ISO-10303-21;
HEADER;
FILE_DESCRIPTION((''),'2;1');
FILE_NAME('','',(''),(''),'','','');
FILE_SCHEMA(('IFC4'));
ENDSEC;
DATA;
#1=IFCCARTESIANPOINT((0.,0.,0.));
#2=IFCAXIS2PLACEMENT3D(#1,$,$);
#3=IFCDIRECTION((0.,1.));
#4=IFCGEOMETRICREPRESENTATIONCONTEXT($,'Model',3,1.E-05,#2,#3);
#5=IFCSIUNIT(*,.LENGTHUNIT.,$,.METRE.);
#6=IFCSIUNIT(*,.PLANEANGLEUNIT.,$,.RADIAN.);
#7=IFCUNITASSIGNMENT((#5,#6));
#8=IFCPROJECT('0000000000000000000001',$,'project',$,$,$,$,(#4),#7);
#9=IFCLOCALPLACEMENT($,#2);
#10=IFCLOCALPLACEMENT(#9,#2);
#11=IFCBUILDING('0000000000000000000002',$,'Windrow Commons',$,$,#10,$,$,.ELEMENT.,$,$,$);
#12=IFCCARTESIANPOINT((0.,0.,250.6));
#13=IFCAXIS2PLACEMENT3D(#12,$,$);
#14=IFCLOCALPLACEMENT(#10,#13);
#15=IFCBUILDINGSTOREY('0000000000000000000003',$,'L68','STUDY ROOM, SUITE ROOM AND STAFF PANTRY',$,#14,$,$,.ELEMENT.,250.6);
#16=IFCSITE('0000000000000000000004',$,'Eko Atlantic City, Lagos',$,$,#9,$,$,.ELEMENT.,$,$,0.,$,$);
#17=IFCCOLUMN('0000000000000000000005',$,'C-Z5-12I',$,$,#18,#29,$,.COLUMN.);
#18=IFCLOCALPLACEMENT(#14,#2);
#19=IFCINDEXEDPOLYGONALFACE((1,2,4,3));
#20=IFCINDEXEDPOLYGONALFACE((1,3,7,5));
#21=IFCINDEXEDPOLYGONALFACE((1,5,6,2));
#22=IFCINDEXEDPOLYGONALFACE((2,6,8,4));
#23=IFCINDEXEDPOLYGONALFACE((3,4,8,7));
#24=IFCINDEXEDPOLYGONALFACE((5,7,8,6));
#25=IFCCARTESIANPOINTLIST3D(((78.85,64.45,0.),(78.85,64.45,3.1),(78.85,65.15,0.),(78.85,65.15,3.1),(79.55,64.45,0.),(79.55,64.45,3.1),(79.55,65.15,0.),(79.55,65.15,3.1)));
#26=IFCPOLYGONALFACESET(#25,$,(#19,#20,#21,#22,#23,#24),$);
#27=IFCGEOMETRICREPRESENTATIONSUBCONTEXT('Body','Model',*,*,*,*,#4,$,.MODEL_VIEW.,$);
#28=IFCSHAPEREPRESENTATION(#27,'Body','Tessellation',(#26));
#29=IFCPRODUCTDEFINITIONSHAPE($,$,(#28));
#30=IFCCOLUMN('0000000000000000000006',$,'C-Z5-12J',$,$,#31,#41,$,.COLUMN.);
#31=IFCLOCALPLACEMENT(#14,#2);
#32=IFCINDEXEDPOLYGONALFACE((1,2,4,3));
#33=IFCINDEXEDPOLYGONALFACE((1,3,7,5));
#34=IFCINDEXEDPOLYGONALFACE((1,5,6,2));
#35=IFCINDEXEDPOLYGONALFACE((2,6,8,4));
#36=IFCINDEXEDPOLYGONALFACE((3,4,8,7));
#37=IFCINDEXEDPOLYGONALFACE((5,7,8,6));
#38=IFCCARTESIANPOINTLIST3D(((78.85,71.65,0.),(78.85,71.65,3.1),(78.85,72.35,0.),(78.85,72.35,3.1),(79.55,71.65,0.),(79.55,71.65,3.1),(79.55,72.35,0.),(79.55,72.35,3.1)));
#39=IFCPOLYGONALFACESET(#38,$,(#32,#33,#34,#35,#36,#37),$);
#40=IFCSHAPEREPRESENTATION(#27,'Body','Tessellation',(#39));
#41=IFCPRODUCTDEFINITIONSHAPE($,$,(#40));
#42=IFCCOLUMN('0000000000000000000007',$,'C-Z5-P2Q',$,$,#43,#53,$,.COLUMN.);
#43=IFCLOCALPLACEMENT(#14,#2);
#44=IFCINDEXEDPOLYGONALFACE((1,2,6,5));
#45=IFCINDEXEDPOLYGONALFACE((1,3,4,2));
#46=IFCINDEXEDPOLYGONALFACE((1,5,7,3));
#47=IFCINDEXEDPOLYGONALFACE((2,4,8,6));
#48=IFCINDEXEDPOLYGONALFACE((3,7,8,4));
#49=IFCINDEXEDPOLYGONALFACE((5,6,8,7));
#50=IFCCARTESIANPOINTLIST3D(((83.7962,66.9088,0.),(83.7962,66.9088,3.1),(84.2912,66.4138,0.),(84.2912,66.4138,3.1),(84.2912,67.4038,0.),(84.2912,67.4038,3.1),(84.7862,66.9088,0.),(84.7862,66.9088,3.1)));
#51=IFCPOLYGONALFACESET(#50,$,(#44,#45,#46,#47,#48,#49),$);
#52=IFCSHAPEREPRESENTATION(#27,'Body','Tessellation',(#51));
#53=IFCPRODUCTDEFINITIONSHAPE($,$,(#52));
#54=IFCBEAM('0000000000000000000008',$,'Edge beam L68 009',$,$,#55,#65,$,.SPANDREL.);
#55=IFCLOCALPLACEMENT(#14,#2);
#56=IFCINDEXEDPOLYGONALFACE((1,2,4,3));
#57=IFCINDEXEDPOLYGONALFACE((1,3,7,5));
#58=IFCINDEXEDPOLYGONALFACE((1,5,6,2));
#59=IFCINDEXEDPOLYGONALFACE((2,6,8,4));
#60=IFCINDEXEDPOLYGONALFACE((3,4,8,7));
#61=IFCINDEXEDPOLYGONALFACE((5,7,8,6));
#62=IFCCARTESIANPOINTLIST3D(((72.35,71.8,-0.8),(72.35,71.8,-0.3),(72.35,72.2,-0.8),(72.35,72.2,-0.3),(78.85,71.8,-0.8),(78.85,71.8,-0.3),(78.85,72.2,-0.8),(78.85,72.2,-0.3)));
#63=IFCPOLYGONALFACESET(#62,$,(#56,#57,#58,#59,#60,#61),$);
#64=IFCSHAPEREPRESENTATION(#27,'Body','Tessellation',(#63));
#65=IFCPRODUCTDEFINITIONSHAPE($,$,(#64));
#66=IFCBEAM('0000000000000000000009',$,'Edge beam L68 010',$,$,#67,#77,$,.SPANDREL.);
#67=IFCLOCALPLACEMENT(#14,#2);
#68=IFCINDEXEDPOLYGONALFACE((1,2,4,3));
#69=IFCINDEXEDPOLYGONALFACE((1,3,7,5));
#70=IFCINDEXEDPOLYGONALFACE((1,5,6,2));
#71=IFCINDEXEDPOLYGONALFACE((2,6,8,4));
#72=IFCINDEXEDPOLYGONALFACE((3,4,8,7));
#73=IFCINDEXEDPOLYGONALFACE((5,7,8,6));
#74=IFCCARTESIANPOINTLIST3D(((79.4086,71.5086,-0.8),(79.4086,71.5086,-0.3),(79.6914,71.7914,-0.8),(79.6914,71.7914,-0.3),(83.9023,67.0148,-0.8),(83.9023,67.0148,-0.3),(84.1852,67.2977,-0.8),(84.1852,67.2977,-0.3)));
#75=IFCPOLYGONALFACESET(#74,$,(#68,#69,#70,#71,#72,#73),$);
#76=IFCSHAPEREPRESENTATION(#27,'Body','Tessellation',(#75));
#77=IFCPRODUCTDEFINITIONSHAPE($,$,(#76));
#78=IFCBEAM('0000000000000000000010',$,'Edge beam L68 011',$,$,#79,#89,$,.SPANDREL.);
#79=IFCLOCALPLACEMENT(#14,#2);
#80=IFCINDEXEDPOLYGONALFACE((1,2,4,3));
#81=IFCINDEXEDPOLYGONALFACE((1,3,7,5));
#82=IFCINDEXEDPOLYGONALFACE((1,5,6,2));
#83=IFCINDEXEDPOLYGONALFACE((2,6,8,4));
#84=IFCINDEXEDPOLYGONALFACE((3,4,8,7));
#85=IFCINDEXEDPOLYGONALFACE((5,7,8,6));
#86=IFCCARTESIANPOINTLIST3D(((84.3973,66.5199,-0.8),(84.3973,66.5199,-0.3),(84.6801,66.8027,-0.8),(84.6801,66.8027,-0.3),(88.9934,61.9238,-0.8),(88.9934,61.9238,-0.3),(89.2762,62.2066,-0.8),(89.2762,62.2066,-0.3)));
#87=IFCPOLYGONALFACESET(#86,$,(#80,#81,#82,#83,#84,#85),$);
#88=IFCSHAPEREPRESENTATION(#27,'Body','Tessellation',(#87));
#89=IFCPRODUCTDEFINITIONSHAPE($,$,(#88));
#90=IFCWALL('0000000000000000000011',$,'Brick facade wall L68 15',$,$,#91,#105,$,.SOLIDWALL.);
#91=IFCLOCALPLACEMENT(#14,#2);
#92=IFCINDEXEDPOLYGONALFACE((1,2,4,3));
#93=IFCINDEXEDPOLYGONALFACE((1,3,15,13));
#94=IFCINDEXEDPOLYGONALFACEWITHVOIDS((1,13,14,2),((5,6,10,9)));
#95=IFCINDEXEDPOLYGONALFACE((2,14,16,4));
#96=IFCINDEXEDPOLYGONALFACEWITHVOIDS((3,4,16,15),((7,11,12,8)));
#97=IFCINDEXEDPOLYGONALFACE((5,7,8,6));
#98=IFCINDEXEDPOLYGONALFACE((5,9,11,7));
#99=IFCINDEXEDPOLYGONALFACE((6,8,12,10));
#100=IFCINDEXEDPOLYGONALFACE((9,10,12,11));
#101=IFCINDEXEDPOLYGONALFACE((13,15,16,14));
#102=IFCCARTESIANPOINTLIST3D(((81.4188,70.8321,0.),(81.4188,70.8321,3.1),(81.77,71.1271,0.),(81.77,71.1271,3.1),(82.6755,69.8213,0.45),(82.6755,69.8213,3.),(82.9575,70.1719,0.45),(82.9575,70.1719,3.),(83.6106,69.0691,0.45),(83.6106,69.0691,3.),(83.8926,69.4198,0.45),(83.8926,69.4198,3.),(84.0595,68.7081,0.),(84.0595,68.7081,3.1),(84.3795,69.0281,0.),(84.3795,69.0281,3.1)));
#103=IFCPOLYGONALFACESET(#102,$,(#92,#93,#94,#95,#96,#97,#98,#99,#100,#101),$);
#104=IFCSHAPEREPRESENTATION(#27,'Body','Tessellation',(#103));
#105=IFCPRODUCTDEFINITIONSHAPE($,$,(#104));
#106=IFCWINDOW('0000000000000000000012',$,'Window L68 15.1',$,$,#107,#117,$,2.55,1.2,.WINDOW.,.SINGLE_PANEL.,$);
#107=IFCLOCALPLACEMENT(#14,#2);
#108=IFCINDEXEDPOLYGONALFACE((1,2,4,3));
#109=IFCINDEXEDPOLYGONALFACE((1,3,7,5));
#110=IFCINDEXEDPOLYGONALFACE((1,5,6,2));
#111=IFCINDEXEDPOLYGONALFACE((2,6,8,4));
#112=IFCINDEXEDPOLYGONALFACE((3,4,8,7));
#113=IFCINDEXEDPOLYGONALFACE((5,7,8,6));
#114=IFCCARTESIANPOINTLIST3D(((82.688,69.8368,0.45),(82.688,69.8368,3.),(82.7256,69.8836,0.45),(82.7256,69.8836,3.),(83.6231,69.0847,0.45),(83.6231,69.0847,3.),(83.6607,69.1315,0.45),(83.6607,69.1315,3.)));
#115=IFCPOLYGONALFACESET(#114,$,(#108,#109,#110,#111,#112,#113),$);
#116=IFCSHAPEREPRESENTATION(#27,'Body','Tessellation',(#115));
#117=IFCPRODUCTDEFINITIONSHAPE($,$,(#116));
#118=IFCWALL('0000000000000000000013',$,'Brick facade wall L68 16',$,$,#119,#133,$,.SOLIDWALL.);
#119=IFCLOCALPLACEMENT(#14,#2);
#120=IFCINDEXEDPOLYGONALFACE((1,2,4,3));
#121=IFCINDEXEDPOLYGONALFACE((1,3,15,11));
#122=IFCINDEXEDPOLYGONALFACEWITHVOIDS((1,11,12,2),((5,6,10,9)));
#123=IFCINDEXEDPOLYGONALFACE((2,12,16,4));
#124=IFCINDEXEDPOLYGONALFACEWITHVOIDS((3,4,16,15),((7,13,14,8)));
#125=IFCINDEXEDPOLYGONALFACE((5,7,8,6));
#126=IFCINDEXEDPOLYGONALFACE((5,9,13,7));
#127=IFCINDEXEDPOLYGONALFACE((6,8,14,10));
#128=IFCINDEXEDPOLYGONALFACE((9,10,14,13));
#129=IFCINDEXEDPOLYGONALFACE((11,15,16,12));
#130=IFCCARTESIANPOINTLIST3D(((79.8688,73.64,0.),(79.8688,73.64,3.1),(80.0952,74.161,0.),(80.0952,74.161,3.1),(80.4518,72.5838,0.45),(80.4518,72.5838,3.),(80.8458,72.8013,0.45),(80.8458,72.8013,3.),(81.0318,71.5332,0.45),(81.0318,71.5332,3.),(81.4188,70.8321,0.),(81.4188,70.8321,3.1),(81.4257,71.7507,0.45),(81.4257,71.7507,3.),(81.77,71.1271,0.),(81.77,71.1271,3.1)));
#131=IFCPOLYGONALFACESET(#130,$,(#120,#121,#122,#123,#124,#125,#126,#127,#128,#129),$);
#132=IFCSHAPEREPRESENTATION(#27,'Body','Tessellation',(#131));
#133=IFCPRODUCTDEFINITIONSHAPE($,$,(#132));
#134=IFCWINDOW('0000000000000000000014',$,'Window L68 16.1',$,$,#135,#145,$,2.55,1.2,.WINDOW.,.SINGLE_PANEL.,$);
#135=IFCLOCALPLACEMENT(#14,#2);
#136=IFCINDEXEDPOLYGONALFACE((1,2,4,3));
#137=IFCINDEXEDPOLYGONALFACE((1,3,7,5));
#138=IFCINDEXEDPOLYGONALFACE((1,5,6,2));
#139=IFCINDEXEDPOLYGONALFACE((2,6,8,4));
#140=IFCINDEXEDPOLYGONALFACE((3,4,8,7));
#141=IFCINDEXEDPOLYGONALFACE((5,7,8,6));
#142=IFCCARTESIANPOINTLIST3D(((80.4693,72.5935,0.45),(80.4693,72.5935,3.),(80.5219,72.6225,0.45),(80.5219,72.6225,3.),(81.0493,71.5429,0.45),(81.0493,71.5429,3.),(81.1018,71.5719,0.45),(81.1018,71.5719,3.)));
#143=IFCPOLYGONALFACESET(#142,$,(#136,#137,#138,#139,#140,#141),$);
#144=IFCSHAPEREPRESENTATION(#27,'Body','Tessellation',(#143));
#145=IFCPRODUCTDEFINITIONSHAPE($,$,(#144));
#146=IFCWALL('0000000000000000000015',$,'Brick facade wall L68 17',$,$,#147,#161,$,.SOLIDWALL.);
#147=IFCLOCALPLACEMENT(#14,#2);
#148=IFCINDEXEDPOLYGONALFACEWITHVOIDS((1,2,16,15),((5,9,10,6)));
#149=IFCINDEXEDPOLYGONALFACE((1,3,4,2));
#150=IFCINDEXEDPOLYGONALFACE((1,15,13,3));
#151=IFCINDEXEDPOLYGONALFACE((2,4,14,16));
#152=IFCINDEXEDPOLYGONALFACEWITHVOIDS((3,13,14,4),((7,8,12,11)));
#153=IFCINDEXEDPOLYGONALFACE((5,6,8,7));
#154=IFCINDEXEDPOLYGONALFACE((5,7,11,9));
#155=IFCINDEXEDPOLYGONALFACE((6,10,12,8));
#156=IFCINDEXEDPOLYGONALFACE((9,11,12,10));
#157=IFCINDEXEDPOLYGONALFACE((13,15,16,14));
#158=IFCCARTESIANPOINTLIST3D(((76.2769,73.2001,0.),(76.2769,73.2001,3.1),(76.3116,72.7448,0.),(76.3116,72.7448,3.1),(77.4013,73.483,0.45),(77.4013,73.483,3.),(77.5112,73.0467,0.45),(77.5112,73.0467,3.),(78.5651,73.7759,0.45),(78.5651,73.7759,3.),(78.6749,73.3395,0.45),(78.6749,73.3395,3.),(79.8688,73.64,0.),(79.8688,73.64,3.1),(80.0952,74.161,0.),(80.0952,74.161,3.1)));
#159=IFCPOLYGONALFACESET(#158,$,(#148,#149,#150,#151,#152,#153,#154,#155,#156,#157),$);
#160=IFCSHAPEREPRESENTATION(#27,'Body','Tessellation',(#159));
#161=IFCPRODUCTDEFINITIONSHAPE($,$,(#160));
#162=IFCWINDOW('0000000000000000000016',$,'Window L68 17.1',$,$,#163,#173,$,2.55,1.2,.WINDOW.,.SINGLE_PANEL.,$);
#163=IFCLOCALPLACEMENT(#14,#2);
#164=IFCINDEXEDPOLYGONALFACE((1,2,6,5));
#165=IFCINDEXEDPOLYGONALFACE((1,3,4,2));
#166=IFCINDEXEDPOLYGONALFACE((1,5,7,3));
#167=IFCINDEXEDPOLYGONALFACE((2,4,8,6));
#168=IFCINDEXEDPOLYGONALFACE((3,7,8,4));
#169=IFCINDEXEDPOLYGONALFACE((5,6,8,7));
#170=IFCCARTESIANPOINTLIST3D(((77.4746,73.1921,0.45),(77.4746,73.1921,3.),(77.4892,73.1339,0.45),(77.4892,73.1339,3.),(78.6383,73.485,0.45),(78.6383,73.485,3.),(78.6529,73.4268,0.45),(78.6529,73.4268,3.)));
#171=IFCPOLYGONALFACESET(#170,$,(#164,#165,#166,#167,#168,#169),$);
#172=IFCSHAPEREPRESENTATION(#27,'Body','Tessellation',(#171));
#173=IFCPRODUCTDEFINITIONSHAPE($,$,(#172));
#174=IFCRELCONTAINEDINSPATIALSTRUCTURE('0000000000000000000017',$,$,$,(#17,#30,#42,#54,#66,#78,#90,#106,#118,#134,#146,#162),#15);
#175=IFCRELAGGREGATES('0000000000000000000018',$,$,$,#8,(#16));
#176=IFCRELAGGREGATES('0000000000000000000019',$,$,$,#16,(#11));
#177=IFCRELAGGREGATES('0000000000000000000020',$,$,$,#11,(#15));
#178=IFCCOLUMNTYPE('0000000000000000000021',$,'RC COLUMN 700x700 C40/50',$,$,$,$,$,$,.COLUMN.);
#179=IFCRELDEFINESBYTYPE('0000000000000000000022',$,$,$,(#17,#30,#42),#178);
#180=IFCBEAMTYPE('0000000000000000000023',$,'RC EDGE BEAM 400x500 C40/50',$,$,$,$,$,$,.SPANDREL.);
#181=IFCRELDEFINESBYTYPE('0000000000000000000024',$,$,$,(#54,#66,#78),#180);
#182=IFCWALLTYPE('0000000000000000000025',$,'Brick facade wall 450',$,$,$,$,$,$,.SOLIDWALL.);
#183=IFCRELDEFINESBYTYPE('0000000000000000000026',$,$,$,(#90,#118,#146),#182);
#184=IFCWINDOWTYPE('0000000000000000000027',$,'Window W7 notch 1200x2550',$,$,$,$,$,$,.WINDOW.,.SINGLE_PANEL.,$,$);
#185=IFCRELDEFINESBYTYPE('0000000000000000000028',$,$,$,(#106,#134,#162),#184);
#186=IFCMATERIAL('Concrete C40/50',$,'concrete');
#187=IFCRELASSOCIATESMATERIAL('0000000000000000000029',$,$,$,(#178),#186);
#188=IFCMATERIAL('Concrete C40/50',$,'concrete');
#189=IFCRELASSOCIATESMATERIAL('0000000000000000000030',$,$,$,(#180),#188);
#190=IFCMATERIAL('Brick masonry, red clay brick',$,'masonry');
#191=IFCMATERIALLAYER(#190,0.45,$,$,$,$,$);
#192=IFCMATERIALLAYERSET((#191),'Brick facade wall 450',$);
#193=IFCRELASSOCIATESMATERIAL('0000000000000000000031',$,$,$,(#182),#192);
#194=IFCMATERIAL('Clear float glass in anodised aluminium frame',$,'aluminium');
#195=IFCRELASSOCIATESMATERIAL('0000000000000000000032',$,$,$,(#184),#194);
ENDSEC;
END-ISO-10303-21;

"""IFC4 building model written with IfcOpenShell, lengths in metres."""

from ifc_helpers import new_model, si_unit, direction, frame, frame_2d, origin, origin_2d, place, context, subcontext, project, spatial, polyline, rectangle, outline, extrude, material, layer, layer_set, material_profile, profile_set, type_object, element, fill, save


model = new_model("IFC4")

# Units and contexts
model_context = context("Model", 3, precision=1e-05, world=origin(), true_north=direction((0.0, 1.0)))
body_context = subcontext(model_context, "Body", "Model", "MODEL_VIEW")
ifc_project = project(units=[si_unit("LENGTHUNIT", "METRE"), si_unit("PLANEANGLEUNIT", "RADIAN")], contexts=[model_context])

# Site, building, storey
site_placement = place(None, origin())
site = spatial("IfcSite", under=ifc_project, at=site_placement, Name="Eko Atlantic City, Lagos", CompositionType="ELEMENT", RefElevation=0.0)
building_placement = place(site_placement, origin())
building = spatial("IfcBuilding", under=site, at=building_placement, Name="Windrow Commons", CompositionType="ELEMENT")
storey_placement = place(building_placement, frame((0.0, 0.0, 250.6)))
storey = spatial("IfcBuildingStorey", under=building, at=storey_placement, Name="L68", Description="STUDY ROOM, SUITE ROOM AND STAFF PANTRY", CompositionType="ELEMENT", Elevation=250.6)

# Columns
ifc_material_1 = material(Name="Concrete C40/50", Category="concrete")
ifc_material_profile_1 = material_profile(ifc_material_1, rectangle(XDim=0.7, YDim=0.7, at=origin_2d()))
ifc_profile_set_1 = profile_set([ifc_material_profile_1], Name="Concrete C40/50")
column_type = type_object("IfcColumnType", Name="RC COLUMN 700x700 C40/50", PredefinedType="COLUMN", material=ifc_profile_set_1)
for number, where, z_axis, x_axis, name in (
    (1, (79.2, 64.8, 0.0), (0.0, 0.0, 1.0), (1.0, 0.0, 0.0), "C-Z5-12I"),
    (2, (79.2, 72.0, 0.0), (0.0, 0.0, 1.0), (1.0, 0.0, 0.0), "C-Z5-12J"),
    (3, (84.2912, 66.9088, 0.0), (0.0, 0.0, 1.0), (0.707107, -0.707107, 0.0), "C-Z5-P2Q"),
):
    element("IfcColumn", number, at=place(storey_placement, frame(where, z_axis=z_axis, x_axis=x_axis)), inside=storey, type_object=column_type, Name=name, PredefinedType="COLUMN", context=body_context, shape_type="SweptSolid", body=[
        extrude(rectangle(XDim=0.7, YDim=0.7, at=origin_2d()), origin(), (0.0, 0.0, 1.0), 3.1),
    ])

# Beams
ifc_material_2 = material(Name="Concrete C40/50", Category="concrete")
ifc_material_profile_2 = material_profile(ifc_material_2, rectangle(XDim=0.4, YDim=0.5, at=origin_2d()))
ifc_profile_set_2 = profile_set([ifc_material_profile_2], Name="Concrete C40/50")
beam_type = type_object("IfcBeamType", Name="RC EDGE BEAM 400x500 C40/50", PredefinedType="SPANDREL", material=ifc_profile_set_2)
beam_1_placement = place(storey_placement, frame((72.35, 72.0, -0.55), z_axis=(1.0, 0.0, 0.0), x_axis=(0.0, 1.0, 0.0)))
element("IfcBeam", 4, at=beam_1_placement, inside=storey, type_object=beam_type, Name="Edge beam L68 009", PredefinedType="SPANDREL", context=body_context, shape_type="SweptSolid", body=[
    extrude(rectangle(XDim=0.4, YDim=0.5, at=origin_2d()), origin(), (0.0, 0.0, 1.0), 6.5),
])
beam_2_placement = place(storey_placement, frame((79.55, 71.65, -0.55), z_axis=(0.707107, -0.707107, 0.0), x_axis=(0.707107, 0.707107, 0.0)))
element("IfcBeam", 5, at=beam_2_placement, inside=storey, type_object=beam_type, Name="Edge beam L68 010", PredefinedType="SPANDREL", context=body_context, shape_type="SweptSolid", body=[
    extrude(rectangle(XDim=0.4, YDim=0.5, at=origin_2d()), origin(), (0.0, 0.0, 1.0), 6.3551),
])
beam_3_placement = place(storey_placement, frame((84.5387, 66.6613, -0.55), z_axis=(0.707107, -0.707107, 0.0), x_axis=(0.707107, 0.707107, 0.0)))
element("IfcBeam", 6, at=beam_3_placement, inside=storey, type_object=beam_type, Name="Edge beam L68 011", PredefinedType="SPANDREL", context=body_context, shape_type="SweptSolid", body=[
    extrude(rectangle(XDim=0.4, YDim=0.5, at=origin_2d()), origin(), (0.0, 0.0, 1.0), 6.4999),
])

# Walls, openings, windows
ifc_material_3 = material(Name="Brick masonry, red clay brick", Category="masonry")
ifc_layer_1 = layer(ifc_material_3, 0.45)
ifc_layer_set_1 = layer_set([ifc_layer_1], Name="Brick facade wall 450")
wall_type_1 = type_object("IfcWallType", Name="Brick facade wall 450", PredefinedType="SOLIDWALL", material=ifc_layer_set_1)
wall_1_placement = place(storey_placement, frame((84.2195, 68.8681, 0.0), z_axis=(0.0, 0.0, 1.0), x_axis=(-0.779213, 0.62676, 0.0)))
wall_1 = element("IfcWall", 7, at=wall_1_placement, inside=storey, type_object=wall_type_1, Name="Brick facade wall L68 15", PredefinedType="SOLIDWALL", context=body_context, shape_type="SweptSolid", body=[
    extrude(outline(polyline([(-0.0244, -0.225), (3.3246, -0.225), (3.4133, 0.225), (0.0244, 0.225), (-0.0244, -0.225)])), origin(), (0.0, 0.0, 1.0), 3.1),
])
opening_1_placement = place(wall_1_placement, frame((0.6005, 0.0, 0.45)))
opening_1 = element("IfcOpeningElement", 8, at=opening_1_placement, cuts=wall_1, PredefinedType="OPENING", context=body_context, shape_type="SweptSolid", body=[
    extrude(rectangle(XDim=1.2, YDim=2.55, at=frame_2d((0.6, 1.275))), frame((0.0, 0.235, 0.0), z_axis=(0.0, -1.0, 0.0), x_axis=(1.0, 0.0, 0.0)), (0.0, 0.0, 1.0), 0.47),
])
ifc_material_4 = material(Name="Clear float glass in anodised aluminium frame", Category="aluminium")
window_type_1 = type_object("IfcWindowType", Name="Window W7 notch 1200x2550", PartitioningType="SINGLE_PANEL", PredefinedType="WINDOW", material=ifc_material_4)
window_1_placement = place(opening_1_placement, origin())
window_1 = element("IfcWindow", 9, at=window_1_placement, inside=storey, type_object=window_type_1, Name="Window L68 15.1", OverallHeight=2.55, OverallWidth=1.2, PartitioningType="SINGLE_PANEL", PredefinedType="WINDOW", context=body_context, shape_type="SweptSolid", body=[
    extrude(rectangle(XDim=1.2, YDim=2.55, at=frame_2d((0.6, 1.275))), frame((0.0, 0.205, 0.0), z_axis=(0.0, -1.0, 0.0), x_axis=(1.0, 0.0, 0.0)), (0.0, 0.0, 1.0), 0.06),
])
fill(opening_1, window_1)
wall_2_placement = place(storey_placement, frame((81.5944, 70.9796, 0.0), z_axis=(0.0, 0.0, 1.0), x_axis=(-0.483277, 0.875467, 0.0)))
wall_2 = element("IfcWall", 10, at=wall_2_placement, inside=storey, type_object=wall_type_1, Name="Brick facade wall L68 16", PredefinedType="SOLIDWALL", context=body_context, shape_type="SweptSolid", body=[
    extrude(outline(polyline([(0.0443, -0.225), (3.5097, -0.225), (3.163, 0.225), (-0.0443, 0.225), (0.0443, -0.225)])), origin(), (0.0, 0.0, 1.0), 3.1),
])
opening_2_placement = place(wall_2_placement, frame((0.7566, 0.0, 0.45)))
opening_2 = element("IfcOpeningElement", 11, at=opening_2_placement, cuts=wall_2, PredefinedType="OPENING", context=body_context, shape_type="SweptSolid", body=[
    extrude(rectangle(XDim=1.2, YDim=2.55, at=frame_2d((0.6, 1.275))), frame((0.0, 0.235, 0.0), z_axis=(0.0, -1.0, 0.0), x_axis=(1.0, 0.0, 0.0)), (0.0, 0.0, 1.0), 0.47),
])
window_2_placement = place(opening_2_placement, origin())
window_2 = element("IfcWindow", 12, at=window_2_placement, inside=storey, type_object=window_type_1, Name="Window L68 16.1", OverallHeight=2.55, OverallWidth=1.2, PartitioningType="SINGLE_PANEL", PredefinedType="WINDOW", context=body_context, shape_type="SweptSolid", body=[
    extrude(rectangle(XDim=1.2, YDim=2.55, at=frame_2d((0.6, 1.275))), frame((0.0, 0.205, 0.0), z_axis=(0.0, -1.0, 0.0), x_axis=(1.0, 0.0, 0.0)), (0.0, 0.0, 1.0), 0.06),
])
fill(opening_2, window_2)
wall_3_placement = place(storey_placement, frame((79.982, 73.9005, 0.0), z_axis=(0.0, 0.0, 1.0), x_axis=(-0.969761, -0.244057, 0.0)))
wall_3 = element("IfcWall", 13, at=wall_3_placement, inside=storey, type_object=wall_type_1, Name="Brick facade wall L68 17", PredefinedType="SOLIDWALL", context=body_context, shape_type="SweptSolid", body=[
    extrude(outline(polyline([(-0.1734, -0.225), (3.764, -0.225), (3.8415, 0.225), (0.1734, 0.225), (-0.1734, -0.225)])), origin(), (0.0, 0.0, 1.0), 3.1),
])
opening_3_placement = place(wall_3_placement, frame((1.4045, 0.0, 0.45)))
opening_3 = element("IfcOpeningElement", 14, at=opening_3_placement, cuts=wall_3, PredefinedType="OPENING", context=body_context, shape_type="SweptSolid", body=[
    extrude(rectangle(XDim=1.2, YDim=2.55, at=frame_2d((0.6, 1.275))), frame((0.0, 0.235, 0.0), z_axis=(0.0, -1.0, 0.0), x_axis=(1.0, 0.0, 0.0)), (0.0, 0.0, 1.0), 0.47),
])
window_3_placement = place(opening_3_placement, origin())
window_3 = element("IfcWindow", 15, at=window_3_placement, inside=storey, type_object=window_type_1, Name="Window L68 17.1", OverallHeight=2.55, OverallWidth=1.2, PartitioningType="SINGLE_PANEL", PredefinedType="WINDOW", context=body_context, shape_type="SweptSolid", body=[
    extrude(rectangle(XDim=1.2, YDim=2.55, at=frame_2d((0.6, 1.275))), frame((0.0, 0.135, 0.0), z_axis=(0.0, -1.0, 0.0), x_axis=(1.0, 0.0, 0.0)), (0.0, 0.0, 1.0), 0.06),
])
fill(opening_3, window_3)

save(model, "model.ifc")
